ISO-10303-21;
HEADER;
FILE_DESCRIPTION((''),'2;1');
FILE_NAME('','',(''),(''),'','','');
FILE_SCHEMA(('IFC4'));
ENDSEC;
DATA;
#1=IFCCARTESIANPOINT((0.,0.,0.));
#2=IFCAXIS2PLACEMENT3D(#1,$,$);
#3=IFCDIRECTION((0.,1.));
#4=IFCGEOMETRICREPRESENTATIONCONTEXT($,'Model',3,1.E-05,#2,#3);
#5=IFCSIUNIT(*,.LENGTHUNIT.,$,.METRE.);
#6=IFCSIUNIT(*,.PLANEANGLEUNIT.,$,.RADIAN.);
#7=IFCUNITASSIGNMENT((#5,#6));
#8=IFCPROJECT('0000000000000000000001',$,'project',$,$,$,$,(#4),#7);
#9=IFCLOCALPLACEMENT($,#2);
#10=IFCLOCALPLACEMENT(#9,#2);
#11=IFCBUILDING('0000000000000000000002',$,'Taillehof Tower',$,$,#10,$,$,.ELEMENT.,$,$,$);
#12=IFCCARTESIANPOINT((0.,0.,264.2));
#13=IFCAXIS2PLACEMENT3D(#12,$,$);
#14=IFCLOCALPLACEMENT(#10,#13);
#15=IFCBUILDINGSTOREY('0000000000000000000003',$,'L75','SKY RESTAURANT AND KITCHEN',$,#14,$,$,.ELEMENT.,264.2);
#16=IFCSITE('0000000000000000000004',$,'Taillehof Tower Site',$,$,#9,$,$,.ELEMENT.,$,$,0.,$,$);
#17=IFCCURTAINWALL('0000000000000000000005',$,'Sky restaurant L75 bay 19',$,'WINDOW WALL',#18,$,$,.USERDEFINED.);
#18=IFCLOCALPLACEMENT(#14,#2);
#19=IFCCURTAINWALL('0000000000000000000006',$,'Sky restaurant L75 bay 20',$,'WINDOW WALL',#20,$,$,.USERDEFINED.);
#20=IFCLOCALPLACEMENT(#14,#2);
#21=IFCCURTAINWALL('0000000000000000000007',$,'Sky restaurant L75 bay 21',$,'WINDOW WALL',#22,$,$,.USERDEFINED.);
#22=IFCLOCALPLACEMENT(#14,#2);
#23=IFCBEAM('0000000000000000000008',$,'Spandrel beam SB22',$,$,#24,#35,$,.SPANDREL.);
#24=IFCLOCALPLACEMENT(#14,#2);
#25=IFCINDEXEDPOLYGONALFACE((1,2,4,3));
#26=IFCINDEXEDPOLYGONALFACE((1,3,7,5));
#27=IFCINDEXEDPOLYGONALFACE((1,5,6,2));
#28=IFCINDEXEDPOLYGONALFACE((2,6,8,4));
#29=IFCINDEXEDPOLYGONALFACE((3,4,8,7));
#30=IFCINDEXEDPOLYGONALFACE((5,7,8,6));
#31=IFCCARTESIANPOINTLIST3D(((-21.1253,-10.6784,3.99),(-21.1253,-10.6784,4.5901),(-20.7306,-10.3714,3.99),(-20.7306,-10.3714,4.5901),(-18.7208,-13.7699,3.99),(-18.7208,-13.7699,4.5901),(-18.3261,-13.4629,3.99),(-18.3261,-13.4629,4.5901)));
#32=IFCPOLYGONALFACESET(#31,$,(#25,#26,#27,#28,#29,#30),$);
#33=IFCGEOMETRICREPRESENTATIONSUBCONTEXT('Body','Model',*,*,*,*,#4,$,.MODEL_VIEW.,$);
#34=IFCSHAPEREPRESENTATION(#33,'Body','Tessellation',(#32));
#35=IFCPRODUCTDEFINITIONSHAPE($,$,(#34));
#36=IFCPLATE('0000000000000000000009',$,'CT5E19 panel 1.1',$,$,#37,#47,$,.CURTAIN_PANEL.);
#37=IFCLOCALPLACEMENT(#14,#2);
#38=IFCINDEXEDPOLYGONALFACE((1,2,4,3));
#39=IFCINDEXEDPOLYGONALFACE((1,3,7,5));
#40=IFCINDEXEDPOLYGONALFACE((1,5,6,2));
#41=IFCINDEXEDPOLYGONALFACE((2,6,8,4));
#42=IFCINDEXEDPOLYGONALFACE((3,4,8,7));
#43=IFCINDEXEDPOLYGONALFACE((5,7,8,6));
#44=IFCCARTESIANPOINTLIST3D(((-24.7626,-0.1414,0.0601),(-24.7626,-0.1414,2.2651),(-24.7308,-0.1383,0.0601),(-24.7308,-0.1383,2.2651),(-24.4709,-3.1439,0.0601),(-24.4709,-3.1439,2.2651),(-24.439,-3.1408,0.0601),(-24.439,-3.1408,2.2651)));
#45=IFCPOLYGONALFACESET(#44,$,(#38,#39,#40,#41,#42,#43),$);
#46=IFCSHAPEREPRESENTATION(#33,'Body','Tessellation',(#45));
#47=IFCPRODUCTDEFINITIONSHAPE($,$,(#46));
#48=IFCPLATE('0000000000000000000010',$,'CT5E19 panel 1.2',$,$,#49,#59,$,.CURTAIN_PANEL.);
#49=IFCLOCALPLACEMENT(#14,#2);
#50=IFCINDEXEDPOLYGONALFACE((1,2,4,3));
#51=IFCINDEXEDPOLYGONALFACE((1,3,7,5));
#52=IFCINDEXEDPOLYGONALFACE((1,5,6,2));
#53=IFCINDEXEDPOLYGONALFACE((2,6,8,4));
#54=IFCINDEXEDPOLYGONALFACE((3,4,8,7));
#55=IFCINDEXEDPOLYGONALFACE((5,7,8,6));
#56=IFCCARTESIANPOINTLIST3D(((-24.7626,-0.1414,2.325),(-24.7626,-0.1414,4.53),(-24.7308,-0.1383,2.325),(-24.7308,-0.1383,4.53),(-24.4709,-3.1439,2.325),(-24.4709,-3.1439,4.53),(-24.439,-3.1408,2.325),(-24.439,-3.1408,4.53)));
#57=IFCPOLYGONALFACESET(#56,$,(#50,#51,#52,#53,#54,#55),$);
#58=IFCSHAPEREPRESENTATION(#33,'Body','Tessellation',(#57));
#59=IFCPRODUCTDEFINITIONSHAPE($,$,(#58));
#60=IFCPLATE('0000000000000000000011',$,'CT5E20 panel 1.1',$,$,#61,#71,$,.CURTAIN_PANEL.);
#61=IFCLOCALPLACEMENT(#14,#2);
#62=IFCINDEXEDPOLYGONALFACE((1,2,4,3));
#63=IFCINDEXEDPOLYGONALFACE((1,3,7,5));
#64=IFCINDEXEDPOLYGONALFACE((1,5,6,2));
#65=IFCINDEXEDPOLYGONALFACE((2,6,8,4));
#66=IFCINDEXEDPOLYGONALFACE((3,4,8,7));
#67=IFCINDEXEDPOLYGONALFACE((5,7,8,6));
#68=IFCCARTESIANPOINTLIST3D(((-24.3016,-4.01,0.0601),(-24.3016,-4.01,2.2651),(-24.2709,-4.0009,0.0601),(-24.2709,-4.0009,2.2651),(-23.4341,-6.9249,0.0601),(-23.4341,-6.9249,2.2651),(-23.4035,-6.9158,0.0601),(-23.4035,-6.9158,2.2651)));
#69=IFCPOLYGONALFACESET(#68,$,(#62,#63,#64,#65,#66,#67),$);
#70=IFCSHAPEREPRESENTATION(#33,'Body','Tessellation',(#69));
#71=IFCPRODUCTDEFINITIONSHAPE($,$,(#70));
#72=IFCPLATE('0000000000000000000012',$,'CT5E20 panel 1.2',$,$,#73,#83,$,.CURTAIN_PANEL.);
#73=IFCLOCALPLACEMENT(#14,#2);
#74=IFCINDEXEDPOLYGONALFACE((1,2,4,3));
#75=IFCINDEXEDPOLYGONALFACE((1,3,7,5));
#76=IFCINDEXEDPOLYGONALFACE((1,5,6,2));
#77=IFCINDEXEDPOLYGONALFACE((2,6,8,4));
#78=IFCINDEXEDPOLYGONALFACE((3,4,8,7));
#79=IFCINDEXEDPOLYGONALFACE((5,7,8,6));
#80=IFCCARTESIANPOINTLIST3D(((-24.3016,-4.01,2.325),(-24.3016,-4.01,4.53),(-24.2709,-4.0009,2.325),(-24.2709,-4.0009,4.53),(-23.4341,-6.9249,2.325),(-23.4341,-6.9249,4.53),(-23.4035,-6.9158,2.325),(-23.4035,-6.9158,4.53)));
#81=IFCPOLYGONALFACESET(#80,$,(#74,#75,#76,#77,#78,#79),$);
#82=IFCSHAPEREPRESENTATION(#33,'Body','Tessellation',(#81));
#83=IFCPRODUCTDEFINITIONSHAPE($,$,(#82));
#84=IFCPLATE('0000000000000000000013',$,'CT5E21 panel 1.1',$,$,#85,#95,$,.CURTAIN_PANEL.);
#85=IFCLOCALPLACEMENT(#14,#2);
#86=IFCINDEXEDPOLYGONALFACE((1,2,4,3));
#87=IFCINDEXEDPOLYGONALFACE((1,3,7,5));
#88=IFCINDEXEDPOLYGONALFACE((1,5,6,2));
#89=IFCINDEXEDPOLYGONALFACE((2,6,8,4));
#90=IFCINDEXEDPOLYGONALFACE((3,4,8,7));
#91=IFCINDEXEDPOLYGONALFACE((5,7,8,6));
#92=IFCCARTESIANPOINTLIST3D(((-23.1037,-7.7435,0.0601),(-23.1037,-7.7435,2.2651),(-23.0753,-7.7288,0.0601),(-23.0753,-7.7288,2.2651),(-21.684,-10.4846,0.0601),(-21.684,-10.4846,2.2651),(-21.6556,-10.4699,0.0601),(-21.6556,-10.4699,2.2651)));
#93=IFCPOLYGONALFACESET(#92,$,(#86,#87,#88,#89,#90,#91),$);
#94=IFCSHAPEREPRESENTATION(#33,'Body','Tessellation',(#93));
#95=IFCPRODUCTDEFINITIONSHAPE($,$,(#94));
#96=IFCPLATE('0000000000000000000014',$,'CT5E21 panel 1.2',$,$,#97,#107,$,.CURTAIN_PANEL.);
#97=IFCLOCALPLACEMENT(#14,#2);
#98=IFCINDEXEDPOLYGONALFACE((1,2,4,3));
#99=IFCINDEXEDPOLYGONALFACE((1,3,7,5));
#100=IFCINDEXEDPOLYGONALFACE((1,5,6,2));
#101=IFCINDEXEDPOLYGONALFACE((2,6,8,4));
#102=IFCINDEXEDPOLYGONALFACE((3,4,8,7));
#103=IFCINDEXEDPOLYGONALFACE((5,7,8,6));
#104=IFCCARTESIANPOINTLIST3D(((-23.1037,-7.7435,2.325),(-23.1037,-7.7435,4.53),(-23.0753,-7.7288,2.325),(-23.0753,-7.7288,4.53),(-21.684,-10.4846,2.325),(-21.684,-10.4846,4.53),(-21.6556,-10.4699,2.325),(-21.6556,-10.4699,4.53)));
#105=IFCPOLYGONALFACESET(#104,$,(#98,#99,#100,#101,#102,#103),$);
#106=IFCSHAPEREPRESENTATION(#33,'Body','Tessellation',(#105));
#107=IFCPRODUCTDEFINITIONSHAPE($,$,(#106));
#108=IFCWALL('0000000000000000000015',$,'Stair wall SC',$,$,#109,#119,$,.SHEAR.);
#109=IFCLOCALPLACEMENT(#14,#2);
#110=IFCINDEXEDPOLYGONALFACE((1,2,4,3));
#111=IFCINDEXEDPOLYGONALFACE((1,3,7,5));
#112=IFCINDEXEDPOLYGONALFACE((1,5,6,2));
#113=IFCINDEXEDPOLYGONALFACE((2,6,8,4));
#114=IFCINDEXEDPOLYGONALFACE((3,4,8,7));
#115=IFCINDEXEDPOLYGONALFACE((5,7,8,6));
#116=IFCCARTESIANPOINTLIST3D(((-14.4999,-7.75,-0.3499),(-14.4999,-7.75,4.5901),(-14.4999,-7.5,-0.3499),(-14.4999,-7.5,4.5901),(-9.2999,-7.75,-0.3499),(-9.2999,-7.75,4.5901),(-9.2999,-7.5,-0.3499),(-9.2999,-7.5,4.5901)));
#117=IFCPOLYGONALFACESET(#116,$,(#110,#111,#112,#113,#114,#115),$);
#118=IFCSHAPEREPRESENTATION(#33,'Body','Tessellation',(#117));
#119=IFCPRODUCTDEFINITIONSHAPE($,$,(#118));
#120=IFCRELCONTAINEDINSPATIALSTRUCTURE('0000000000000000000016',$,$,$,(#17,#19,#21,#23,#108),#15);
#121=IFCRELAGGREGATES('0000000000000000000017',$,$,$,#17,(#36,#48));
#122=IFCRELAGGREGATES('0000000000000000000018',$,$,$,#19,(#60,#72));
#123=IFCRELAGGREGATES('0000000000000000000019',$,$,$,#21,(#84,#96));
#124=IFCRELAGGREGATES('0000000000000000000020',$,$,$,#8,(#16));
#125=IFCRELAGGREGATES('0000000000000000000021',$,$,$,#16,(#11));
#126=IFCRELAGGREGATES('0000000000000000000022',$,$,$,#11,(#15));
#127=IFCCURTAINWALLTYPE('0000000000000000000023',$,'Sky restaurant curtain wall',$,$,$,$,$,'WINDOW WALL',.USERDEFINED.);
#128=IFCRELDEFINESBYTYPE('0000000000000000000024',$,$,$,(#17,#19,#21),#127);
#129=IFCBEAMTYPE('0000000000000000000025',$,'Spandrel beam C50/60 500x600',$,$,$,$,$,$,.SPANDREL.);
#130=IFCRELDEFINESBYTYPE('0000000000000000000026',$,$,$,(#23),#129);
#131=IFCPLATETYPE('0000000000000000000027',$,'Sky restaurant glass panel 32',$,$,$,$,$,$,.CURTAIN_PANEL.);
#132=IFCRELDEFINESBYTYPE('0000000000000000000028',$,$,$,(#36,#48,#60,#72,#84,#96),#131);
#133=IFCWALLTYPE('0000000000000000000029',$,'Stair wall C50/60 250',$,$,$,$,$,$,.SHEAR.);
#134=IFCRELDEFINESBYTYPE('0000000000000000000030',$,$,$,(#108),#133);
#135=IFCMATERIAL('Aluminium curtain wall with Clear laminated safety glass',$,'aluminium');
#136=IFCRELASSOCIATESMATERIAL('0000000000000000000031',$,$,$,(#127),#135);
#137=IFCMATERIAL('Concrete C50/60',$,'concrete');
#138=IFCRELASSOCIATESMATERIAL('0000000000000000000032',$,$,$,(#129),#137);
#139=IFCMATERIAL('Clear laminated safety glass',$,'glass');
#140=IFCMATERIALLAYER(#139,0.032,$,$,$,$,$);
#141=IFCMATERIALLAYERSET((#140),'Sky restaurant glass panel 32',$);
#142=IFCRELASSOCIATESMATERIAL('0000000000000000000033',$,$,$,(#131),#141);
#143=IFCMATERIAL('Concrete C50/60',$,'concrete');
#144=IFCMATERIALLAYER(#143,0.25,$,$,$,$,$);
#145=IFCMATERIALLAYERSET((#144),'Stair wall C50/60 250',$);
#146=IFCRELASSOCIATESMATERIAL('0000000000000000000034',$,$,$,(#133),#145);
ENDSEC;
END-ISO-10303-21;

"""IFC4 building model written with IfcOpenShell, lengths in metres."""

from ifc_helpers import new_model, si_unit, direction, frame, frame_2d, origin, origin_2d, place, context, subcontext, project, spatial, rectangle, extrude, material, layer, layer_set, material_profile, profile_set, type_object, element, aggregate, save


model = new_model("IFC4")

# Units and contexts
model_context = context("Model", 3, precision=1e-05, world=origin(), true_north=direction((0.0, 1.0)))
body_context = subcontext(model_context, "Body", "Model", "MODEL_VIEW")
ifc_project = project(units=[si_unit("LENGTHUNIT", "METRE"), si_unit("PLANEANGLEUNIT", "RADIAN")], contexts=[model_context])

# Site, building, storey
site_placement = place(None, origin())
site = spatial("IfcSite", under=ifc_project, at=site_placement, Name="Taillehof Tower Site", CompositionType="ELEMENT", RefElevation=0.0)
building_placement = place(site_placement, origin())
building = spatial("IfcBuilding", under=site, at=building_placement, Name="Taillehof Tower", CompositionType="ELEMENT")
storey_placement = place(building_placement, frame((0.0, 0.0, 264.2)))
storey = spatial("IfcBuildingStorey", under=building, at=storey_placement, Name="L75", Description="SKY RESTAURANT AND KITCHEN", CompositionType="ELEMENT", Elevation=264.2)

# Curtain walls
ifc_material_1 = material(Name="Aluminium curtain wall with Clear laminated safety glass", Category="aluminium")
curtain_wall_type = type_object("IfcCurtainWallType", Name="Sky restaurant curtain wall", ElementType="WINDOW WALL", PredefinedType="USERDEFINED", material=ifc_material_1)
curtain_wall_1_placement = place(storey_placement, origin())
curtain_wall_1 = element("IfcCurtainWall", 1, at=curtain_wall_1_placement, inside=storey, type_object=curtain_wall_type, Name="Sky restaurant L75 bay 19", ObjectType="WINDOW WALL", PredefinedType="USERDEFINED")
curtain_wall_2_placement = place(storey_placement, origin())
curtain_wall_2 = element("IfcCurtainWall", 2, at=curtain_wall_2_placement, inside=storey, type_object=curtain_wall_type, Name="Sky restaurant L75 bay 20", ObjectType="WINDOW WALL", PredefinedType="USERDEFINED")
curtain_wall_3_placement = place(storey_placement, origin())
curtain_wall_3 = element("IfcCurtainWall", 3, at=curtain_wall_3_placement, inside=storey, type_object=curtain_wall_type, Name="Sky restaurant L75 bay 21", ObjectType="WINDOW WALL", PredefinedType="USERDEFINED")

# Beam
ifc_material_2 = material(Name="Concrete C50/60", Category="concrete")
ifc_material_profile_1 = material_profile(ifc_material_2, rectangle(XDim=0.5, YDim=0.6001, at=origin_2d()), Name="RC 500x600")
ifc_profile_set_1 = profile_set([ifc_material_profile_1], Name="Concrete C50/60")
beam_type_1 = type_object("IfcBeamType", Name="Spandrel beam C50/60 500x600", PredefinedType="SPANDREL", material=ifc_profile_set_1)
beam_1_placement = place(storey_placement, frame((-20.928, -10.5249, 4.29), z_axis=(0.613941, -0.789352, 0.0), x_axis=(0.789352, 0.613941, 0.0)))
element("IfcBeam", 4, at=beam_1_placement, inside=storey, type_object=beam_type_1, Name="Spandrel beam SB22", PredefinedType="SPANDREL", context=body_context, shape_type="SweptSolid", body=[
    extrude(rectangle(XDim=0.5, YDim=0.6001, at=origin_2d()), origin(), (0.0, 0.0, 1.0), 3.9165),
])

# Plates
ifc_material_3 = material(Name="Clear laminated safety glass", Category="glass")
ifc_layer_1 = layer(ifc_material_3, 0.032)
ifc_layer_set_1 = layer_set([ifc_layer_1], Name="Sky restaurant glass panel 32")
plate_type = type_object("IfcPlateType", Name="Sky restaurant glass panel 32", PredefinedType="CURTAIN_PANEL", material=ifc_layer_set_1)
plate_1_placement = place(storey_placement, frame((-24.6008, -1.6411, 0.0601), z_axis=(0.0, 0.0, 1.0), x_axis=(0.096714, -0.995312, 0.0)))
plate_1 = element("IfcPlate", 5, at=plate_1_placement, type_object=plate_type, Name="CT5E19 panel 1.1", PredefinedType="CURTAIN_PANEL", context=body_context, shape_type="SweptSolid", body=[
    extrude(rectangle(XDim=3.0166, YDim=0.032, at=origin_2d()), origin(), (0.0, 0.0, 1.0), 2.2051),
])
plate_2_placement = place(storey_placement, frame((-24.6008, -1.6411, 2.325), z_axis=(0.0, 0.0, 1.0), x_axis=(0.096714, -0.995312, 0.0)))
plate_2 = element("IfcPlate", 6, at=plate_2_placement, type_object=plate_type, Name="CT5E19 panel 1.2", PredefinedType="CURTAIN_PANEL", context=body_context, shape_type="SweptSolid", body=[
    extrude(rectangle(XDim=3.0166, YDim=0.032, at=origin_2d()), origin(), (0.0, 0.0, 1.0), 2.2051),
])
aggregate(curtain_wall_1, [plate_1, plate_2])
plate_3_placement = place(storey_placement, frame((-23.8525, -5.4629, 0.0601), z_axis=(0.0, 0.0, 1.0), x_axis=(0.285236, -0.958457, 0.0)))
plate_3 = element("IfcPlate", 7, at=plate_3_placement, type_object=plate_type, Name="CT5E20 panel 1.1", PredefinedType="CURTAIN_PANEL", context=body_context, shape_type="SweptSolid", body=[
    extrude(rectangle(XDim=3.0413, YDim=0.032, at=origin_2d()), origin(), (0.0, 0.0, 1.0), 2.2051),
])
plate_4_placement = place(storey_placement, frame((-23.8525, -5.4629, 2.325), z_axis=(0.0, 0.0, 1.0), x_axis=(0.285236, -0.958457, 0.0)))
plate_4 = element("IfcPlate", 8, at=plate_4_placement, type_object=plate_type, Name="CT5E20 panel 1.2", PredefinedType="CURTAIN_PANEL", context=body_context, shape_type="SweptSolid", body=[
    extrude(rectangle(XDim=3.0413, YDim=0.032, at=origin_2d()), origin(), (0.0, 0.0, 1.0), 2.2051),
])
aggregate(curtain_wall_2, [plate_3, plate_4])
plate_5_placement = place(storey_placement, frame((-22.3796, -9.1067, 0.0601), z_axis=(0.0, 0.0, 1.0), x_axis=(0.459891, -0.887975, 0.0)))
plate_5 = element("IfcPlate", 9, at=plate_5_placement, type_object=plate_type, Name="CT5E21 panel 1.1", PredefinedType="CURTAIN_PANEL", context=body_context, shape_type="SweptSolid", body=[
    extrude(rectangle(XDim=3.0869, YDim=0.032, at=origin_2d()), origin(), (0.0, 0.0, 1.0), 2.2051),
])
plate_6_placement = place(storey_placement, frame((-22.3796, -9.1067, 2.325), z_axis=(0.0, 0.0, 1.0), x_axis=(0.459891, -0.887975, 0.0)))
plate_6 = element("IfcPlate", 10, at=plate_6_placement, type_object=plate_type, Name="CT5E21 panel 1.2", PredefinedType="CURTAIN_PANEL", context=body_context, shape_type="SweptSolid", body=[
    extrude(rectangle(XDim=3.0869, YDim=0.032, at=origin_2d()), origin(), (0.0, 0.0, 1.0), 2.2051),
])
aggregate(curtain_wall_3, [plate_5, plate_6])

# Wall
ifc_material_4 = material(Name="Concrete C50/60", Category="concrete")
ifc_layer_2 = layer(ifc_material_4, 0.25)
ifc_layer_set_2 = layer_set([ifc_layer_2], Name="Stair wall C50/60 250")
wall_type = type_object("IfcWallType", Name="Stair wall C50/60 250", PredefinedType="SHEAR", material=ifc_layer_set_2)
wall_placement = place(storey_placement, frame((-14.5, -7.625, -0.3499), z_axis=(0.0, 0.0, 1.0), x_axis=(1.0, 0.0, 0.0)))
element("IfcWall", 11, at=wall_placement, inside=storey, type_object=wall_type, Name="Stair wall SC", PredefinedType="SHEAR", context=body_context, shape_type="SweptSolid", body=[
    extrude(rectangle(XDim=5.2, YDim=0.25, at=frame_2d((2.6001, 0.0))), origin(), (0.0, 0.0, 1.0), 4.9399),
])

save(model, "model.ifc")
